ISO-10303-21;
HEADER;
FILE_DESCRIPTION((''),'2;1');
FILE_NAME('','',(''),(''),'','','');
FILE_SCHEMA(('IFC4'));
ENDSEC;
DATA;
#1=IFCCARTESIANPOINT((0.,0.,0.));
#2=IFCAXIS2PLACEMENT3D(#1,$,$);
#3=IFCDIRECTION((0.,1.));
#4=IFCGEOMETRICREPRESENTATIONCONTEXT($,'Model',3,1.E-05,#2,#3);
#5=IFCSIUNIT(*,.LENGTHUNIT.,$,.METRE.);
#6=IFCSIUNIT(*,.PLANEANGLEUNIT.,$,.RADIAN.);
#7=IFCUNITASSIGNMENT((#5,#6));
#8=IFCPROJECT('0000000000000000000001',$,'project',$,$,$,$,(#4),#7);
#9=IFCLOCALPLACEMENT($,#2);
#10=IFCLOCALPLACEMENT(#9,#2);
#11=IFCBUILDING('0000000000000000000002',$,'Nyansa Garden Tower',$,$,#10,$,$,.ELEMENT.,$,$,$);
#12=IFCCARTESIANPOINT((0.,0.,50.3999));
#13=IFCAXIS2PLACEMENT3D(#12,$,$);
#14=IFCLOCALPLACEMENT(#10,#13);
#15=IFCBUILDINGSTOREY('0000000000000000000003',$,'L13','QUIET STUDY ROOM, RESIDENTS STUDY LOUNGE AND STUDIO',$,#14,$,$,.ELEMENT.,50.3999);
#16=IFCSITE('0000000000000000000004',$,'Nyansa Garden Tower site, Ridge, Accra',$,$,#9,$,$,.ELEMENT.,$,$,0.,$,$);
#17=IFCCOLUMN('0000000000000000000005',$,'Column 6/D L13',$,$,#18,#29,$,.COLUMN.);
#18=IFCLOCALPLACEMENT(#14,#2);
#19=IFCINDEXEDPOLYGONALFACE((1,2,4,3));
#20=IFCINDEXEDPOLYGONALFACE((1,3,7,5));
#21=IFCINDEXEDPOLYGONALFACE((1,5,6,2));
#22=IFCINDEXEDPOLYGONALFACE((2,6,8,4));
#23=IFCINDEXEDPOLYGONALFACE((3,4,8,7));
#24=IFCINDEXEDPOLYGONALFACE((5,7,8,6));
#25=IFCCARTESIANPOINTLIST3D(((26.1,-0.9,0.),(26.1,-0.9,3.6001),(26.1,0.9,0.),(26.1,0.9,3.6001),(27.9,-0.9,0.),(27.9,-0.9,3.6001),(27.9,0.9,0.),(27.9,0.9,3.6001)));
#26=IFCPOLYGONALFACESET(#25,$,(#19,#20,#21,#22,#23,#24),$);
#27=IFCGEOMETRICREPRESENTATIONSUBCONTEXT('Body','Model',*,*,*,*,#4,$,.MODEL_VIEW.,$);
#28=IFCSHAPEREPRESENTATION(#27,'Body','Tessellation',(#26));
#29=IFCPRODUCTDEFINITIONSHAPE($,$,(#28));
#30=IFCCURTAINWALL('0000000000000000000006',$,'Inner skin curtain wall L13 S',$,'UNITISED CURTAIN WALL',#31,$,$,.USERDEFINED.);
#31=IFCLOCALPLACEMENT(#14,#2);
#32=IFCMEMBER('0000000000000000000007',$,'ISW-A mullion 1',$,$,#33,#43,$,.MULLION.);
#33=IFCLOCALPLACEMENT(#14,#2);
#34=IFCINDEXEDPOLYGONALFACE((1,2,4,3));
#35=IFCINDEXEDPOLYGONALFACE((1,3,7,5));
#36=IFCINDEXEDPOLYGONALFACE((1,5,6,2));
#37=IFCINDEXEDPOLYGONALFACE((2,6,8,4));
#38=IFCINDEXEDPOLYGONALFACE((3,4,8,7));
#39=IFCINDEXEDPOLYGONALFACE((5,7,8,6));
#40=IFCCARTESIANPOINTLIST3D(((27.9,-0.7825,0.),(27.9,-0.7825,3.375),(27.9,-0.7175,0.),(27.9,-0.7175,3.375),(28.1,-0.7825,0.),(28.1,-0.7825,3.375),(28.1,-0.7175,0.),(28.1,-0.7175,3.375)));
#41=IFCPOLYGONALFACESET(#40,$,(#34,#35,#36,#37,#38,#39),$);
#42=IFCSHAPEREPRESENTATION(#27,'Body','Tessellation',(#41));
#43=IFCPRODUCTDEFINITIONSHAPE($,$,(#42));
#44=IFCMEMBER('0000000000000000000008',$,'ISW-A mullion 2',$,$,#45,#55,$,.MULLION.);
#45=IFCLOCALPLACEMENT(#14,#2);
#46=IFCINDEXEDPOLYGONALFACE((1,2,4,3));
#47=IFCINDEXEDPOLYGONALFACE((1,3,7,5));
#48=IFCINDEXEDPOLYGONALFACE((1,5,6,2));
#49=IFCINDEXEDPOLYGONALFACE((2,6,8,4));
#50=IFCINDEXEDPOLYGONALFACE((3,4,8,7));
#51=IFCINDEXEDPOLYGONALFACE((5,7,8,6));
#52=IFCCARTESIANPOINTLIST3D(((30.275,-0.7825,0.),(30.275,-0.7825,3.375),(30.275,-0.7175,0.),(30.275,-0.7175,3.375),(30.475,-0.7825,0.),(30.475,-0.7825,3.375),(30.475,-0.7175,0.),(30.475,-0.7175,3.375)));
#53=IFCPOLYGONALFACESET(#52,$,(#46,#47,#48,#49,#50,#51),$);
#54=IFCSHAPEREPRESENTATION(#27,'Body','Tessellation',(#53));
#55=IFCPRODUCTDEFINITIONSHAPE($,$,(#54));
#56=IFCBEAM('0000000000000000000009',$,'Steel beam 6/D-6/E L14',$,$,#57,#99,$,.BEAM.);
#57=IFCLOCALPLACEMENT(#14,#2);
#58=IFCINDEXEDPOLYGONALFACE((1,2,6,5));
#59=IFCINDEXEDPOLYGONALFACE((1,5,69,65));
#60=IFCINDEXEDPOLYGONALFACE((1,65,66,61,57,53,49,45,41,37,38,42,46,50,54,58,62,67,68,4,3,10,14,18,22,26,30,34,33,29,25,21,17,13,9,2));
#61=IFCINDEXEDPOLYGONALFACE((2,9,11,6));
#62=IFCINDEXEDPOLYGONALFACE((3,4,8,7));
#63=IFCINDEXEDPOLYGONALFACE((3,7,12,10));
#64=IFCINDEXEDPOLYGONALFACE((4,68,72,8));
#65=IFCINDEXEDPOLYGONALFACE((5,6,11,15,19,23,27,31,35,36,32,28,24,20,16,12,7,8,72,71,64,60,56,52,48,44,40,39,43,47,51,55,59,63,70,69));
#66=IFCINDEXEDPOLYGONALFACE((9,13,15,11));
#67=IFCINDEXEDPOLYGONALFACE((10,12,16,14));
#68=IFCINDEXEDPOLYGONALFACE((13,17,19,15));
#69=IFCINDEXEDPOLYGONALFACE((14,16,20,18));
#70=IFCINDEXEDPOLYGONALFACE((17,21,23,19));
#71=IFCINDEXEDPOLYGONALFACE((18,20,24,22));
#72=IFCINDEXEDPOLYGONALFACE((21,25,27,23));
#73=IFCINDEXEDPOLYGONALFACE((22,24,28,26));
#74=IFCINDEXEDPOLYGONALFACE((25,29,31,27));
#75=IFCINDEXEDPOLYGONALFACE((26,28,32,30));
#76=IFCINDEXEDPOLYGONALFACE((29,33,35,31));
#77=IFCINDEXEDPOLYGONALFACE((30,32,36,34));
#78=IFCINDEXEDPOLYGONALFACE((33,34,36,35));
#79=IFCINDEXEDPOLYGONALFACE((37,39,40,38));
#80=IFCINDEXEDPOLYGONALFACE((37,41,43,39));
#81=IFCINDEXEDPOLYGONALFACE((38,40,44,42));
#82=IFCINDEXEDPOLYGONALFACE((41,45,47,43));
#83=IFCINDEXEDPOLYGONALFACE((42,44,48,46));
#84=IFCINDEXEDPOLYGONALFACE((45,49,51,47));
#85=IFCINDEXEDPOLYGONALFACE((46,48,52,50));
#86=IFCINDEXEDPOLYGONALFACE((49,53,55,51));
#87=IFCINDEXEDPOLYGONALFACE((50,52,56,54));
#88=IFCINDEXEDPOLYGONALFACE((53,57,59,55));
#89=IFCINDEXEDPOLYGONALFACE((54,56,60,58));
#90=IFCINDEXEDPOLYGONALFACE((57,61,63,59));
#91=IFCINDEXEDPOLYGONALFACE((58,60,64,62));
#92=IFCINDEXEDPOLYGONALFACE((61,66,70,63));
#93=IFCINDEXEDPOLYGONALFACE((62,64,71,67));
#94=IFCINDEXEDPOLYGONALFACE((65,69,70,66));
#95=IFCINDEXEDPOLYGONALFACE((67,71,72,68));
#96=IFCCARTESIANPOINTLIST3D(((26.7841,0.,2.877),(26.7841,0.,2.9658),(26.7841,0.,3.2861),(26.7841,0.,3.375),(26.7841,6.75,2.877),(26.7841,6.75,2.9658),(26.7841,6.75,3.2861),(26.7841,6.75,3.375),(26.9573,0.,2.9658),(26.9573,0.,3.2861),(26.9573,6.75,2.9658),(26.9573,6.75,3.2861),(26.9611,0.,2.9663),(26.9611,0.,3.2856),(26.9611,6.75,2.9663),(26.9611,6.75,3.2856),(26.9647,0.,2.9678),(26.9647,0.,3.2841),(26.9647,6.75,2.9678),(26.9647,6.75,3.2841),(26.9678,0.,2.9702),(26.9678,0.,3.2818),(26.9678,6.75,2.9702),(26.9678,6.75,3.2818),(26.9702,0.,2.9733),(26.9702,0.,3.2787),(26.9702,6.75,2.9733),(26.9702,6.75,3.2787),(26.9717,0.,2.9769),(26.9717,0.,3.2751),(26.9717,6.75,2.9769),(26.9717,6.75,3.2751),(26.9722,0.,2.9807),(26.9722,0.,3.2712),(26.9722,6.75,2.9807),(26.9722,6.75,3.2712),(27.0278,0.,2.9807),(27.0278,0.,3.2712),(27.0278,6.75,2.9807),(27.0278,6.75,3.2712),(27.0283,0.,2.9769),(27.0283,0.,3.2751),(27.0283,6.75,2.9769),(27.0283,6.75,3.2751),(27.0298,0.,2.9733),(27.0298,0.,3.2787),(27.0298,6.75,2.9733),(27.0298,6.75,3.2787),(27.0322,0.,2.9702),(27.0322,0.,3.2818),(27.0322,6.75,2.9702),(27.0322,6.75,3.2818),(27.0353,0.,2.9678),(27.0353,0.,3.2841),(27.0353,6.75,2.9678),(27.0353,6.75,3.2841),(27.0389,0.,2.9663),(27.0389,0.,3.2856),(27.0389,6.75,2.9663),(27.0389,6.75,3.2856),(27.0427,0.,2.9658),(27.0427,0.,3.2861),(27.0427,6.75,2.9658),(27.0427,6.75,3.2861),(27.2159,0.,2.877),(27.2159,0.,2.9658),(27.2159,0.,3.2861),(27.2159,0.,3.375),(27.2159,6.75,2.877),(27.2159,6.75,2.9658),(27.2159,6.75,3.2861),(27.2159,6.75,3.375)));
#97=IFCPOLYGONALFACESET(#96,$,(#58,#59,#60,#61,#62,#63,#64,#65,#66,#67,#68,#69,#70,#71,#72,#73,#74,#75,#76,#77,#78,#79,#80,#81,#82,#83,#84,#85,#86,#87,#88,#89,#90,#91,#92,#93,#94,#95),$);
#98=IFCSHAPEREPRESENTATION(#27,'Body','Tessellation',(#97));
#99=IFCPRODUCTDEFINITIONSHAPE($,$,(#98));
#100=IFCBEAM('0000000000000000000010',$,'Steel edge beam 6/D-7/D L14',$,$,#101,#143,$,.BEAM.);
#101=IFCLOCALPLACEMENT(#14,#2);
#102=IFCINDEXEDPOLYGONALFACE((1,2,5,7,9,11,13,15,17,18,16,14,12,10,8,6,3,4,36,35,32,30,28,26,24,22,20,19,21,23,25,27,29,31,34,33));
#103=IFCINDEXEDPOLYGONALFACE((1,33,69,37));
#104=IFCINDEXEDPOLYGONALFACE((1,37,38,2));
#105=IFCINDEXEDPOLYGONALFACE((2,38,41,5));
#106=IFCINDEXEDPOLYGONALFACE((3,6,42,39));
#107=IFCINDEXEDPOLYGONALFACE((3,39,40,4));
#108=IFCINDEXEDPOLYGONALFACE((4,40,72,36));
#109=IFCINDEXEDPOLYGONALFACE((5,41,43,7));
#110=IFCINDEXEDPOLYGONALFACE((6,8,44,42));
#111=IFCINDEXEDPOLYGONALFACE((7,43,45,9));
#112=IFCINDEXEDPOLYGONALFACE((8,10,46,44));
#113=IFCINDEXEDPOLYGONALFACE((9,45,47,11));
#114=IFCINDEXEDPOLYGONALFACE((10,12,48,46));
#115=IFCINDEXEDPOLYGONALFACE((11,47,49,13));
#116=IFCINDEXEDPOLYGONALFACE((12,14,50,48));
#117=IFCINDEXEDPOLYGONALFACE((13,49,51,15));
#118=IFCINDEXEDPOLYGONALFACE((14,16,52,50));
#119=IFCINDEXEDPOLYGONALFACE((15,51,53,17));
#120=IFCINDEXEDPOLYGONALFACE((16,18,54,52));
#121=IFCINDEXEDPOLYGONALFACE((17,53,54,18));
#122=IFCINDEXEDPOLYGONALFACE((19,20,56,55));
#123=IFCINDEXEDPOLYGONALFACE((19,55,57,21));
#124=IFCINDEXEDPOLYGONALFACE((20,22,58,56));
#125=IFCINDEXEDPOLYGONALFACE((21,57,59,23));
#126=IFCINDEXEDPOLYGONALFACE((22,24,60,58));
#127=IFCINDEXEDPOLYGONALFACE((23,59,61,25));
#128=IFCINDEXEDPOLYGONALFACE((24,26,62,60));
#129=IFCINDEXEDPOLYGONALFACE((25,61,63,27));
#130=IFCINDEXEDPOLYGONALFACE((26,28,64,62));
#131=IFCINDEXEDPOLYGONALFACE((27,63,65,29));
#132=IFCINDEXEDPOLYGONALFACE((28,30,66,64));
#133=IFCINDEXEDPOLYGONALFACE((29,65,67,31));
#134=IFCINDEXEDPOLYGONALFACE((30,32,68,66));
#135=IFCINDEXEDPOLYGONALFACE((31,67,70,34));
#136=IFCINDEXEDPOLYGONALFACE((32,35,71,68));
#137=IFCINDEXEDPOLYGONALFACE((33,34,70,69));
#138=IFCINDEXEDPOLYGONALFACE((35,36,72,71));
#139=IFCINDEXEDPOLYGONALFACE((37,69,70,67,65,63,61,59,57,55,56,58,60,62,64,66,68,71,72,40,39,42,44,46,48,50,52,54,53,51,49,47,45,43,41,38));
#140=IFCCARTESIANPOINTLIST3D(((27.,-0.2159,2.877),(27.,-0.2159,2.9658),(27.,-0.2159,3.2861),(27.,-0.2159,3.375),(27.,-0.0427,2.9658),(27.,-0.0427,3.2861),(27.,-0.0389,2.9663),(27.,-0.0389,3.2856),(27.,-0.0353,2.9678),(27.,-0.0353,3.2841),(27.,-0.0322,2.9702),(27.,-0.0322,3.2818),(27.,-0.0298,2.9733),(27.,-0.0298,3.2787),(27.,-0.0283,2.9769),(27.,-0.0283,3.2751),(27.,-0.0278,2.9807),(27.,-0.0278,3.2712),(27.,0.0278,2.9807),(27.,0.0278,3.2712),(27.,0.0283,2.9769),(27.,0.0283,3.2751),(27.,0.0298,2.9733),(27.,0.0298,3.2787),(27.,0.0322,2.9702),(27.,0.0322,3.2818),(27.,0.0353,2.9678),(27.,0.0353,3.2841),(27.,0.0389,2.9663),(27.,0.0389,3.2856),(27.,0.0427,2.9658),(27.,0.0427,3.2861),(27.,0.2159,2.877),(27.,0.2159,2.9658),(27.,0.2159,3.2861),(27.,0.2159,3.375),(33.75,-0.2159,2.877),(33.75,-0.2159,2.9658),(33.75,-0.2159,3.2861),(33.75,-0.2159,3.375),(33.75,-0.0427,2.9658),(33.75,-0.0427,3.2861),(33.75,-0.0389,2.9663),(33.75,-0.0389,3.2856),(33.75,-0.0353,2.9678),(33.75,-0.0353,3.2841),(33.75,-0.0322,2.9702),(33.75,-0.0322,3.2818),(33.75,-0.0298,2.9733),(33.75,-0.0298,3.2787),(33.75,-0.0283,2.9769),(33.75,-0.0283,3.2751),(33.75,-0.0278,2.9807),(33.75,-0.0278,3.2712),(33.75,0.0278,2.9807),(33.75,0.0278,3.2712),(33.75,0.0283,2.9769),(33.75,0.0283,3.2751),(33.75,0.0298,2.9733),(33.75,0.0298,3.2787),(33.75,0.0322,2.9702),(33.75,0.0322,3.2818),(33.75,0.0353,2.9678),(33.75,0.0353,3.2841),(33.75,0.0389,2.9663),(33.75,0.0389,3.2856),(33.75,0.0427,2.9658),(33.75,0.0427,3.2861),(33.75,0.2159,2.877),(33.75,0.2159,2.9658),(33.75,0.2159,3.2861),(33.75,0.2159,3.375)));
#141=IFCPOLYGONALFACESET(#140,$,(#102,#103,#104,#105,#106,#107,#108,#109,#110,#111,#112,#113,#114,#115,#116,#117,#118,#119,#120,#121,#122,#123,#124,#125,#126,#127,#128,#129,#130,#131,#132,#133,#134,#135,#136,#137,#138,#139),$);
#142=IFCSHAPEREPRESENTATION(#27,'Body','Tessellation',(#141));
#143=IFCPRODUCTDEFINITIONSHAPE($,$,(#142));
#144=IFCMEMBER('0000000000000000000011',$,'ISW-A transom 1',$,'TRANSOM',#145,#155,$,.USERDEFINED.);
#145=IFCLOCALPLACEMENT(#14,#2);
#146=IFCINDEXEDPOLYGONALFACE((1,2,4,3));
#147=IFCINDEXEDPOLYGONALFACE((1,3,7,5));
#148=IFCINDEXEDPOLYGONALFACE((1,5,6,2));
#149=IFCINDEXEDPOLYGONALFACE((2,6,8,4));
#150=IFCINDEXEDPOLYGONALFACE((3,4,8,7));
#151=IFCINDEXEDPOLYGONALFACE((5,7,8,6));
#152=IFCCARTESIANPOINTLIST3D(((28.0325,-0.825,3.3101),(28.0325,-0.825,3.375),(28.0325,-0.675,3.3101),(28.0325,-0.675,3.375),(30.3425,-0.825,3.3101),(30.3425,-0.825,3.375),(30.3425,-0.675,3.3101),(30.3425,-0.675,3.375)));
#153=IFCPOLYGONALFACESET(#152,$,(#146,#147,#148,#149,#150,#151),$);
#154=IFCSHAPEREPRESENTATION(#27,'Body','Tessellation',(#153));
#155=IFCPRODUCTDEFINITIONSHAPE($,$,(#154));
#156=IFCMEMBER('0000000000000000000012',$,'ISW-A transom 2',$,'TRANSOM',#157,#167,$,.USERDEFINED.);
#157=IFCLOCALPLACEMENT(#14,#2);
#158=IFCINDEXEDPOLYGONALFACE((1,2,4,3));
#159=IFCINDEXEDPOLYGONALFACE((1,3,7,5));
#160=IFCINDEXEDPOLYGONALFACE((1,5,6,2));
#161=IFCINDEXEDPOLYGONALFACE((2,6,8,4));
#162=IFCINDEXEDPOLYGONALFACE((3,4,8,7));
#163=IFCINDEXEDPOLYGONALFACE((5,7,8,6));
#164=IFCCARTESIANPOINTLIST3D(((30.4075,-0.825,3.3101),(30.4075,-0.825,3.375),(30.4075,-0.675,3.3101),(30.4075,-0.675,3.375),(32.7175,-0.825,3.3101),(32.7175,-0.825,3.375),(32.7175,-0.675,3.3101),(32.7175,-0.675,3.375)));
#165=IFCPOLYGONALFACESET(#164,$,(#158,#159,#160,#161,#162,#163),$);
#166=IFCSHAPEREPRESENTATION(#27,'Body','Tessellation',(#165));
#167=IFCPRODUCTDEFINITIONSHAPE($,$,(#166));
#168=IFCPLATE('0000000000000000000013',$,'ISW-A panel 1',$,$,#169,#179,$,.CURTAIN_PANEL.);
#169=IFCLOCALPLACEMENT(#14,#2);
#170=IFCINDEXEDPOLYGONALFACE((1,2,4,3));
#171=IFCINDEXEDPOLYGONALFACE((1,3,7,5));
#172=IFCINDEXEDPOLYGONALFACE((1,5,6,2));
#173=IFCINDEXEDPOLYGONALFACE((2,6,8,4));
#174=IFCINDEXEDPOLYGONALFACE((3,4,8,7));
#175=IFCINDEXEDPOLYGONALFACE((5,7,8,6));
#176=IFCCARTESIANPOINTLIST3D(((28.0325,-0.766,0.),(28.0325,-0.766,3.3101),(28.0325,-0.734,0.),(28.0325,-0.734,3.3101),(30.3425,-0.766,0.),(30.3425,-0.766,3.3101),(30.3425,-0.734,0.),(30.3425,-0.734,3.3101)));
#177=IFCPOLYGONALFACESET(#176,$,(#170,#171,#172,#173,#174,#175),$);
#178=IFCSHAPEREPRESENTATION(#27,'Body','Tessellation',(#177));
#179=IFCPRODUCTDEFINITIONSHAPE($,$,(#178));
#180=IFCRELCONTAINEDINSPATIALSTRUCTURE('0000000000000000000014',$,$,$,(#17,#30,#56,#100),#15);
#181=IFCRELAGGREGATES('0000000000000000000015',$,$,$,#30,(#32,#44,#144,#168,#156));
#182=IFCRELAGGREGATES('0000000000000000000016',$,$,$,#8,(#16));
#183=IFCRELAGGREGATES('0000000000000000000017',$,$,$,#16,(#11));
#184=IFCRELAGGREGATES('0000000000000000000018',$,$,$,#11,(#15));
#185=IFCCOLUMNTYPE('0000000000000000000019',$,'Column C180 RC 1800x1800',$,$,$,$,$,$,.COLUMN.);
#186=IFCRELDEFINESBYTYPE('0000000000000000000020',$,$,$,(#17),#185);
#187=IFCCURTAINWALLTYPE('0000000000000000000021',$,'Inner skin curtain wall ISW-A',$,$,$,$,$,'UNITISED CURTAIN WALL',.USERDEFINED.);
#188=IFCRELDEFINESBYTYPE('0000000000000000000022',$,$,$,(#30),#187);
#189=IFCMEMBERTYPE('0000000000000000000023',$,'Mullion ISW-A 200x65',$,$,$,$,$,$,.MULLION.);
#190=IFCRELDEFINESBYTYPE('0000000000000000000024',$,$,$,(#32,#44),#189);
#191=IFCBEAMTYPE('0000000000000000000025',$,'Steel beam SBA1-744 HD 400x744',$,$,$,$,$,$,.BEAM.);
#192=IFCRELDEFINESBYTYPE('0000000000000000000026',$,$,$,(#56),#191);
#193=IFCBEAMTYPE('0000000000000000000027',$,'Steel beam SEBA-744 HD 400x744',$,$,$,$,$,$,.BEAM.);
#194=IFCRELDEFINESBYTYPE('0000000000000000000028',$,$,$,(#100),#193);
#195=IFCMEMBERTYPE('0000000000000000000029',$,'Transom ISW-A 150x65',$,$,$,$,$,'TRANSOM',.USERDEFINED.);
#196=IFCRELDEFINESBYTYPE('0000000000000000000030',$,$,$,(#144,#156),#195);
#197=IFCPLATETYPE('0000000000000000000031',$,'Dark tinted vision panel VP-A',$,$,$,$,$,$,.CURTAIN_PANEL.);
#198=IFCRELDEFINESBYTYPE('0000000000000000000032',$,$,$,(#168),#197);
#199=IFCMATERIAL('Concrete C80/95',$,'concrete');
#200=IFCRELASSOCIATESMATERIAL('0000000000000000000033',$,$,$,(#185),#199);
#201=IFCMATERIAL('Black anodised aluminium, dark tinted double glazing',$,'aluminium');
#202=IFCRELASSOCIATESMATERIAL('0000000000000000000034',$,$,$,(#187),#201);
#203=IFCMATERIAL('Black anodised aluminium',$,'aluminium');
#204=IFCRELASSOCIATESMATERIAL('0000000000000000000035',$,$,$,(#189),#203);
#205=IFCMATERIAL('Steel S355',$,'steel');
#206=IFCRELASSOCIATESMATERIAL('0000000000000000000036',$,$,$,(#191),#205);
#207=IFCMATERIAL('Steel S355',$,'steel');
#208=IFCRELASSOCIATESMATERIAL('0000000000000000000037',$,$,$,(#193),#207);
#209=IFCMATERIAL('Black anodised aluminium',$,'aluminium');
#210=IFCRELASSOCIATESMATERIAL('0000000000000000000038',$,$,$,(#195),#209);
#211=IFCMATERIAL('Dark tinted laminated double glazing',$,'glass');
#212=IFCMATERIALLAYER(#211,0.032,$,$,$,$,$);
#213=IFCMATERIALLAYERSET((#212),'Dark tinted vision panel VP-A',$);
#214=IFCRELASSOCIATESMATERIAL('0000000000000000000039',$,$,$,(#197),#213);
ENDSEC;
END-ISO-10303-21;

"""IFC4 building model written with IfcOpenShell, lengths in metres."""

from ifc_helpers import new_model, si_unit, direction, frame, origin, origin_2d, place, context, subcontext, project, spatial, rectangle, i_section, extrude, material, layer, layer_set, material_profile, profile_set, type_object, element, aggregate, save


model = new_model("IFC4")

# Units and contexts
model_context = context("Model", 3, precision=1e-05, world=origin(), true_north=direction((0.0, 1.0)))
body_context = subcontext(model_context, "Body", "Model", "MODEL_VIEW")
ifc_project = project(units=[si_unit("LENGTHUNIT", "METRE"), si_unit("PLANEANGLEUNIT", "RADIAN")], contexts=[model_context])

# Site, building, storey
site_placement = place(None, origin())
site = spatial("IfcSite", under=ifc_project, at=site_placement, Name="Nyansa Garden Tower site, Ridge, Accra", CompositionType="ELEMENT", RefElevation=0.0)
building_placement = place(site_placement, origin())
building = spatial("IfcBuilding", under=site, at=building_placement, Name="Nyansa Garden Tower", CompositionType="ELEMENT")
storey_placement = place(building_placement, frame((0.0, 0.0, 50.3999)))
storey = spatial("IfcBuildingStorey", under=building, at=storey_placement, Name="L13", Description="QUIET STUDY ROOM, RESIDENTS STUDY LOUNGE AND STUDIO", CompositionType="ELEMENT", Elevation=50.3999)

# Column
ifc_material_1 = material(Name="Concrete C80/95", Category="concrete")
ifc_material_profile_1 = material_profile(ifc_material_1, rectangle(XDim=1.8, YDim=1.8, at=origin_2d()), Name="RC 1800x1800")
ifc_profile_set_1 = profile_set([ifc_material_profile_1], Name="Concrete C80/95")
column_type = type_object("IfcColumnType", Name="Column C180 RC 1800x1800", PredefinedType="COLUMN", material=ifc_profile_set_1)
column_placement = place(storey_placement, frame((27.0, 0.0, 0.0), z_axis=(0.0, 0.0, 1.0), x_axis=(1.0, 0.0, 0.0)))
element("IfcColumn", 1, at=column_placement, inside=storey, type_object=column_type, Name="Column 6/D L13", PredefinedType="COLUMN", context=body_context, shape_type="SweptSolid", body=[
    extrude(rectangle(XDim=1.8, YDim=1.8, at=origin_2d()), origin(), (0.0, 0.0, 1.0), 3.6001),
])

# Curtain wall, members
ifc_material_2 = material(Name="Black anodised aluminium, dark tinted double glazing", Category="aluminium")
curtain_wall_type = type_object("IfcCurtainWallType", Name="Inner skin curtain wall ISW-A", ElementType="UNITISED CURTAIN WALL", PredefinedType="USERDEFINED", material=ifc_material_2)
curtain_wall_placement = place(storey_placement, origin())
curtain_wall = element("IfcCurtainWall", 2, at=curtain_wall_placement, inside=storey, type_object=curtain_wall_type, Name="Inner skin curtain wall L13 S", ObjectType="UNITISED CURTAIN WALL", PredefinedType="USERDEFINED")
ifc_material_3 = material(Name="Black anodised aluminium", Category="aluminium")
ifc_material_profile_2 = material_profile(ifc_material_3, rectangle(XDim=0.0649, YDim=0.2, at=origin_2d()), Name="Mullion 200x65")
ifc_profile_set_2 = profile_set([ifc_material_profile_2], Name="Black anodised aluminium")
member_type_1 = type_object("IfcMemberType", Name="Mullion ISW-A 200x65", PredefinedType="MULLION", material=ifc_profile_set_2)
member_1_placement = place(storey_placement, frame((28.0, -0.75, 0.0), z_axis=(0.0, 0.0, 1.0), x_axis=(0.0, 1.0, 0.0)))
member_1 = element("IfcMember", 3, at=member_1_placement, type_object=member_type_1, Name="ISW-A mullion 1", PredefinedType="MULLION", context=body_context, shape_type="SweptSolid", body=[
    extrude(rectangle(XDim=0.0649, YDim=0.2, at=origin_2d()), origin(), (0.0, 0.0, 1.0), 3.375),
])
member_2_placement = place(storey_placement, frame((30.375, -0.75, 0.0), z_axis=(0.0, 0.0, 1.0), x_axis=(0.0, 1.0, 0.0)))
member_2 = element("IfcMember", 4, at=member_2_placement, type_object=member_type_1, Name="ISW-A mullion 2", PredefinedType="MULLION", context=body_context, shape_type="SweptSolid", body=[
    extrude(rectangle(XDim=0.0649, YDim=0.2, at=origin_2d()), origin(), (0.0, 0.0, 1.0), 3.375),
])

# Beams
ifc_material_4 = material(Name="Steel S355", Category="steel")
ifc_material_profile_3 = material_profile(ifc_material_4, i_section(OverallWidth=0.4319, OverallDepth=0.498, WebThickness=0.0557, FlangeThickness=0.0889, FilletRadius=0.0149, at=origin_2d()), Name="HD 400x744")
ifc_profile_set_3 = profile_set([ifc_material_profile_3], Name="Steel S355")
beam_type_1 = type_object("IfcBeamType", Name="Steel beam SBA1-744 HD 400x744", PredefinedType="BEAM", material=ifc_profile_set_3)
beam_1_placement = place(storey_placement, frame((27.0, 0.0, 3.126), z_axis=(0.0, 1.0, 0.0), x_axis=(-1.0, 0.0, 0.0)))
element("IfcBeam", 5, at=beam_1_placement, inside=storey, type_object=beam_type_1, Name="Steel beam 6/D-6/E L14", PredefinedType="BEAM", context=body_context, shape_type="SweptSolid", body=[
    extrude(i_section(OverallWidth=0.4319, OverallDepth=0.498, WebThickness=0.0557, FlangeThickness=0.0889, FilletRadius=0.0149, at=origin_2d()), origin(), (0.0, 0.0, 1.0), 6.75),
])
ifc_material_5 = material(Name="Steel S355", Category="steel")
ifc_material_profile_4 = material_profile(ifc_material_5, i_section(OverallWidth=0.4319, OverallDepth=0.498, WebThickness=0.0557, FlangeThickness=0.0889, FilletRadius=0.0149, at=origin_2d()), Name="HD 400x744")
ifc_profile_set_4 = profile_set([ifc_material_profile_4], Name="Steel S355")
beam_type_2 = type_object("IfcBeamType", Name="Steel beam SEBA-744 HD 400x744", PredefinedType="BEAM", material=ifc_profile_set_4)
beam_2_placement = place(storey_placement, frame((27.0, 0.0, 3.126), z_axis=(1.0, 0.0, 0.0), x_axis=(0.0, 1.0, 0.0)))
element("IfcBeam", 6, at=beam_2_placement, inside=storey, type_object=beam_type_2, Name="Steel edge beam 6/D-7/D L14", PredefinedType="BEAM", context=body_context, shape_type="SweptSolid", body=[
    extrude(i_section(OverallWidth=0.4319, OverallDepth=0.498, WebThickness=0.0557, FlangeThickness=0.0889, FilletRadius=0.0149, at=origin_2d()), origin(), (0.0, 0.0, 1.0), 6.75),
])

# Members
ifc_material_6 = material(Name="Black anodised aluminium", Category="aluminium")
ifc_material_profile_5 = material_profile(ifc_material_6, rectangle(XDim=0.1499, YDim=0.0649, at=origin_2d()), Name="Transom 150x65")
ifc_profile_set_5 = profile_set([ifc_material_profile_5], Name="Black anodised aluminium")
member_type_2 = type_object("IfcMemberType", Name="Transom ISW-A 150x65", ElementType="TRANSOM", PredefinedType="USERDEFINED", material=ifc_profile_set_5)
member_3_placement = place(storey_placement, frame((28.0325, -0.75, 3.3425), z_axis=(1.0, 0.0, 0.0), x_axis=(0.0, 1.0, 0.0)))
member_3 = element("IfcMember", 7, at=member_3_placement, type_object=member_type_2, Name="ISW-A transom 1", ObjectType="TRANSOM", PredefinedType="USERDEFINED", context=body_context, shape_type="SweptSolid", body=[
    extrude(rectangle(XDim=0.1499, YDim=0.0649, at=origin_2d()), origin(), (0.0, 0.0, 1.0), 2.3101),
])
member_4_placement = place(storey_placement, frame((30.4075, -0.75, 3.3425), z_axis=(1.0, 0.0, 0.0), x_axis=(0.0, 1.0, 0.0)))
member_4 = element("IfcMember", 8, at=member_4_placement, type_object=member_type_2, Name="ISW-A transom 2", ObjectType="TRANSOM", PredefinedType="USERDEFINED", context=body_context, shape_type="SweptSolid", body=[
    extrude(rectangle(XDim=0.1499, YDim=0.0649, at=origin_2d()), origin(), (0.0, 0.0, 1.0), 2.3101),
])

# Plate
ifc_material_7 = material(Name="Dark tinted laminated double glazing", Category="glass")
ifc_layer_1 = layer(ifc_material_7, 0.032)
ifc_layer_set_1 = layer_set([ifc_layer_1], Name="Dark tinted vision panel VP-A")
plate_type = type_object("IfcPlateType", Name="Dark tinted vision panel VP-A", PredefinedType="CURTAIN_PANEL", material=ifc_layer_set_1)
plate_placement = place(storey_placement, frame((29.1875, -0.75, 0.0), z_axis=(0.0, 0.0, 1.0), x_axis=(1.0, 0.0, 0.0)))
plate = element("IfcPlate", 9, at=plate_placement, type_object=plate_type, Name="ISW-A panel 1", PredefinedType="CURTAIN_PANEL", context=body_context, shape_type="SweptSolid", body=[
    extrude(rectangle(XDim=2.3101, YDim=0.032, at=origin_2d()), origin(), (0.0, 0.0, 1.0), 3.3101),
])
aggregate(curtain_wall, [member_1, member_2, member_3, plate, member_4])

save(model, "model.ifc")
